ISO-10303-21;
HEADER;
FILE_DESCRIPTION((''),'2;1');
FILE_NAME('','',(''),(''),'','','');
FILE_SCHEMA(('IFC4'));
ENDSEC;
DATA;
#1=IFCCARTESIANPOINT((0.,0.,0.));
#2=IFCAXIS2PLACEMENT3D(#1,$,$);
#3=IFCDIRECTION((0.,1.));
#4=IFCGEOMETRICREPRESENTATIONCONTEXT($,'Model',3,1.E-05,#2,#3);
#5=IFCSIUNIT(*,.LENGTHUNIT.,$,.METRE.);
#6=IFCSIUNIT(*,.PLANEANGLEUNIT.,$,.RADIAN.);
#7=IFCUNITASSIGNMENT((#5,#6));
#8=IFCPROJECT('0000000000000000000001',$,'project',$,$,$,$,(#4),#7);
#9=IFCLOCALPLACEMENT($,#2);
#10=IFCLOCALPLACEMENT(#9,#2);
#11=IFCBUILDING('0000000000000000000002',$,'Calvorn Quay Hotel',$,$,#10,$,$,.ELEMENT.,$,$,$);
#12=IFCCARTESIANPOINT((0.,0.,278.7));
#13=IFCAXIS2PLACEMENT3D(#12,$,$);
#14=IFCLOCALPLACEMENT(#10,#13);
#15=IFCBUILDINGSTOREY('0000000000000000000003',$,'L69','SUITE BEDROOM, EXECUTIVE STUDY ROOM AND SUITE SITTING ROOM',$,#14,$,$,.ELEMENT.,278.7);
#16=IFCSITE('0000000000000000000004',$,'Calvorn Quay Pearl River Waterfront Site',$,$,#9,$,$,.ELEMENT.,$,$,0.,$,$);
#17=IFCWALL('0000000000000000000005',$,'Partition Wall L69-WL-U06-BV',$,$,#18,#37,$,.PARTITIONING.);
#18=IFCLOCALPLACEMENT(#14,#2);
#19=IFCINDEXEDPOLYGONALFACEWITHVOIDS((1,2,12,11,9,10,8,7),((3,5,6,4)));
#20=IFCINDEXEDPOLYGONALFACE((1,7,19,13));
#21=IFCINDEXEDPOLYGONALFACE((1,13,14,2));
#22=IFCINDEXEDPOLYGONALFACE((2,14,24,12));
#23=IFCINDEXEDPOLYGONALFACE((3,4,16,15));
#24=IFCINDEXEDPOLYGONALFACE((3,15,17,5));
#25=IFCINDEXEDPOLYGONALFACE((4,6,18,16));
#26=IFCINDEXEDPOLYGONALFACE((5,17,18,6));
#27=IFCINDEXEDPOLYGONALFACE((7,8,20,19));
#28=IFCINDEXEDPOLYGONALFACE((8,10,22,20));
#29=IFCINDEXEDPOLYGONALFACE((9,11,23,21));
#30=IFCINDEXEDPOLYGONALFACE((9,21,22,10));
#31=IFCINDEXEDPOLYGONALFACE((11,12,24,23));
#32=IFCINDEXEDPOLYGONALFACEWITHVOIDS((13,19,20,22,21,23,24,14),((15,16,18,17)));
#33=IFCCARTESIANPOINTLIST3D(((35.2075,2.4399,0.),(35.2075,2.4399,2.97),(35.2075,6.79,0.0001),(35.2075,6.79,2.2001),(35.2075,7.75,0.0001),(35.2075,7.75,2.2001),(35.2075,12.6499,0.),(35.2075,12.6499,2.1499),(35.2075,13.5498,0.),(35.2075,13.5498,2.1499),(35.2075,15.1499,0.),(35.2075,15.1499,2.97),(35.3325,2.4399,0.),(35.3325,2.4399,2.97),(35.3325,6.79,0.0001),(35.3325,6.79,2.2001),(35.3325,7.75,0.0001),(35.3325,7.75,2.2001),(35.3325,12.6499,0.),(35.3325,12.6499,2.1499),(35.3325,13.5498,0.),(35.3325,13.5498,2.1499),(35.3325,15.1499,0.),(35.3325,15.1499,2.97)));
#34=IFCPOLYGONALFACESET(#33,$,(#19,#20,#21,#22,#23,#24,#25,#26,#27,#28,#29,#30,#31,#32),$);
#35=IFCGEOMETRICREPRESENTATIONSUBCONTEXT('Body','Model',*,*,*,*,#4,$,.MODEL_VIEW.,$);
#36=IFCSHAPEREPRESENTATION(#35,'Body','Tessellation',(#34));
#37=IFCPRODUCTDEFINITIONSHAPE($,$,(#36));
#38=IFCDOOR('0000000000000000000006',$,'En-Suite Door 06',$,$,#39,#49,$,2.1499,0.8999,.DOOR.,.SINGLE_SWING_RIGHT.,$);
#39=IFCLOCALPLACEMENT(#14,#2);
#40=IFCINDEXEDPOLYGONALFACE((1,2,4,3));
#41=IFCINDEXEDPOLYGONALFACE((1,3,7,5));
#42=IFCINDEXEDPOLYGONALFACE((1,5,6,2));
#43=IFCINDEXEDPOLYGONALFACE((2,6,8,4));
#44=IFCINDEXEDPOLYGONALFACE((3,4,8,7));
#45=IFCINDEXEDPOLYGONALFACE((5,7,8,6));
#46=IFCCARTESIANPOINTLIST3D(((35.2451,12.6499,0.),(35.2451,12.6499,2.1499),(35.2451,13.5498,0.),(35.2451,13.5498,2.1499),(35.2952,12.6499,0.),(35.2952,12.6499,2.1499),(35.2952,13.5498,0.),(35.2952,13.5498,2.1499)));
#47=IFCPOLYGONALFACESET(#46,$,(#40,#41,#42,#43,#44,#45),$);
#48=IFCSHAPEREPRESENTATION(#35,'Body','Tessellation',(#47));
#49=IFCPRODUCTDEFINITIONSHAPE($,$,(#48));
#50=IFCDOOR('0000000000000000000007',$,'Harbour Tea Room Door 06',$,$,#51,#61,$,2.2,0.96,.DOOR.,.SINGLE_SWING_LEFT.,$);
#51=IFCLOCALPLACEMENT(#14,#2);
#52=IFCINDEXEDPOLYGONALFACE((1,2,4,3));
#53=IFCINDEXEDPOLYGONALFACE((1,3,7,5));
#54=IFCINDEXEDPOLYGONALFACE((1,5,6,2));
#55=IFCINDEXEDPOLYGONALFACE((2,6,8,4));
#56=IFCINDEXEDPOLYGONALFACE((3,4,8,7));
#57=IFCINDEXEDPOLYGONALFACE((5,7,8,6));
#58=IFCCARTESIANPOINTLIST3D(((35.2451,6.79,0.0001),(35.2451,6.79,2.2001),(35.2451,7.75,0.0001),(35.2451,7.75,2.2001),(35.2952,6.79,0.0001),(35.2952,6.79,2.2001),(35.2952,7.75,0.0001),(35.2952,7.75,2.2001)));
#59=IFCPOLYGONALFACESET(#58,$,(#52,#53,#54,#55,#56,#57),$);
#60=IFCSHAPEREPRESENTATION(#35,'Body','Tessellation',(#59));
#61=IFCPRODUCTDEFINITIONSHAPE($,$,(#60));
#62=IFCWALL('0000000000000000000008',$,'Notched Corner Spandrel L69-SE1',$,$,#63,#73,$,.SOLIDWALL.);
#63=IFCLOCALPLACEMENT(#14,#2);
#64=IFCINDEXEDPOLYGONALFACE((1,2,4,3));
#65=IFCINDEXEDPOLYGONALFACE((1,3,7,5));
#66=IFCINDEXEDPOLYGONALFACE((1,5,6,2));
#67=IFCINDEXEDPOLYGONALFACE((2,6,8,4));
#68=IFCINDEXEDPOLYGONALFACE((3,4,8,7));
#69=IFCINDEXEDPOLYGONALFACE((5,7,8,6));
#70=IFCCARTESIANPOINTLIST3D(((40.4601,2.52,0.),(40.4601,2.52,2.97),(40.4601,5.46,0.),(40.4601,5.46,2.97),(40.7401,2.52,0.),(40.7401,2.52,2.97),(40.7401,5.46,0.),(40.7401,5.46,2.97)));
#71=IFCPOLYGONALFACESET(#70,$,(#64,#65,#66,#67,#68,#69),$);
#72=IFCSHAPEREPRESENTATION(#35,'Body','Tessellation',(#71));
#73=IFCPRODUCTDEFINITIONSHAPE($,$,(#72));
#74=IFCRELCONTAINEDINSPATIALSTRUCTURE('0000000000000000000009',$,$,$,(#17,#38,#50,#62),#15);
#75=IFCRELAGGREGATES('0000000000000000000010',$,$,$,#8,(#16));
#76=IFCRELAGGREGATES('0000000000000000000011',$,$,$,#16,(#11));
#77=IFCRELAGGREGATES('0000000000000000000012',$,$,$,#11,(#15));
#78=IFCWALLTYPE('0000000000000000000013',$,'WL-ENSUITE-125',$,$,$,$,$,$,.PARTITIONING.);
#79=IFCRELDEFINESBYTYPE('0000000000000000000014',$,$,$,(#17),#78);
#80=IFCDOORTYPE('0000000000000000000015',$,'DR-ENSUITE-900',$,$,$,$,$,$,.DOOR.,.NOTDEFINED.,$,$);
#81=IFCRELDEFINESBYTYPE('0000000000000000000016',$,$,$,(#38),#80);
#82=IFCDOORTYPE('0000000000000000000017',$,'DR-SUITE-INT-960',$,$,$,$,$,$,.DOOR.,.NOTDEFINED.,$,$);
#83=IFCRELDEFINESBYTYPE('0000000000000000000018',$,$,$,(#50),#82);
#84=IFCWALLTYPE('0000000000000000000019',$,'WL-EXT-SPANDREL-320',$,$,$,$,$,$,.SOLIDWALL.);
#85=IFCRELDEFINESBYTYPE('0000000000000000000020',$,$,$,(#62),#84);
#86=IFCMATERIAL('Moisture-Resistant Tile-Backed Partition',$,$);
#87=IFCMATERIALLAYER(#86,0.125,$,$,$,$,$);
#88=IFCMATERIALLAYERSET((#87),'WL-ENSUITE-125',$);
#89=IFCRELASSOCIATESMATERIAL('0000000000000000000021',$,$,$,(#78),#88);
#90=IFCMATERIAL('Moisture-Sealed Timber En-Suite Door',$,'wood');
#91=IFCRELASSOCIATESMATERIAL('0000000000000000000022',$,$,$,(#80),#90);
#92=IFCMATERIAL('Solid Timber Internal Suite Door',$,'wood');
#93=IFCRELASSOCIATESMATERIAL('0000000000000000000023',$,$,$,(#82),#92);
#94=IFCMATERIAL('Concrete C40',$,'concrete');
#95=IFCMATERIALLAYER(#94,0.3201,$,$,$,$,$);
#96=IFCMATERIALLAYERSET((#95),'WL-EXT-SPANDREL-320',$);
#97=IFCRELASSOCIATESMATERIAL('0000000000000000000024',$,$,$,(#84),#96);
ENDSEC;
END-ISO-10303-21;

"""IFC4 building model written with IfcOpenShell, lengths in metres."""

from ifc_helpers import new_model, si_unit, direction, frame, frame_2d, origin, place, context, subcontext, project, spatial, rectangle, extrude, material, layer, layer_set, type_object, element, fill, save


model = new_model("IFC4")

# Units and contexts
model_context = context("Model", 3, precision=1e-05, world=origin(), true_north=direction((0.0, 1.0)))
body_context = subcontext(model_context, "Body", "Model", "MODEL_VIEW")
ifc_project = project(units=[si_unit("LENGTHUNIT", "METRE"), si_unit("PLANEANGLEUNIT", "RADIAN")], contexts=[model_context])

# Site, building, storey
site_placement = place(None, origin())
site = spatial("IfcSite", under=ifc_project, at=site_placement, Name="Calvorn Quay Pearl River Waterfront Site", CompositionType="ELEMENT", RefElevation=0.0)
building_placement = place(site_placement, origin())
building = spatial("IfcBuilding", under=site, at=building_placement, Name="Calvorn Quay Hotel", CompositionType="ELEMENT")
storey_placement = place(building_placement, frame((0.0, 0.0, 278.7)))
storey = spatial("IfcBuildingStorey", under=building, at=storey_placement, Name="L69", Description="SUITE BEDROOM, EXECUTIVE STUDY ROOM AND SUITE SITTING ROOM", CompositionType="ELEMENT", Elevation=278.7)

# Wall, openings, doors
ifc_material_1 = material(Name="Moisture-Resistant Tile-Backed Partition")
ifc_layer_1 = layer(ifc_material_1, 0.125)
ifc_layer_set_1 = layer_set([ifc_layer_1], Name="WL-ENSUITE-125")
wall_type_1 = type_object("IfcWallType", Name="WL-ENSUITE-125", PredefinedType="PARTITIONING", material=ifc_layer_set_1)
wall_1_placement = place(storey_placement, frame((35.27, 2.4399, 0.0), z_axis=(0.0, 0.0, 1.0), x_axis=(0.0, 1.0, 0.0)))
wall_1 = element("IfcWall", 1, at=wall_1_placement, inside=storey, type_object=wall_type_1, Name="Partition Wall L69-WL-U06-BV", PredefinedType="PARTITIONING", context=body_context, shape_type="SweptSolid", body=[
    extrude(rectangle(XDim=12.71, YDim=0.125, at=frame_2d((6.355, 0.0))), origin(), (0.0, 0.0, 1.0), 2.97),
])
opening_1_placement = place(wall_1_placement, frame((4.3501, 0.0, 0.0)))
opening_1 = element("IfcOpeningElement", 2, at=opening_1_placement, cuts=wall_1, PredefinedType="OPENING", context=body_context, shape_type="SweptSolid", body=[
    extrude(rectangle(XDim=0.96, YDim=2.2, at=frame_2d((0.48, 1.1001))), frame((0.0, 0.0725, 0.0), z_axis=(0.0, -1.0, 0.0), x_axis=(1.0, 0.0, 0.0)), (0.0, 0.0, 1.0), 0.145),
])
opening_2_placement = place(wall_1_placement, frame((10.21, 0.0, 0.0)))
opening_2 = element("IfcOpeningElement", 3, at=opening_2_placement, cuts=wall_1, PredefinedType="OPENING", context=body_context, shape_type="SweptSolid", body=[
    extrude(rectangle(XDim=0.8999, YDim=2.1499, at=frame_2d((0.45, 1.075))), frame((0.0, 0.0725, 0.0), z_axis=(0.0, -1.0, 0.0), x_axis=(1.0, 0.0, 0.0)), (0.0, 0.0, 1.0), 0.145),
])
ifc_material_2 = material(Name="Moisture-Sealed Timber En-Suite Door", Category="wood")
door_type_1 = type_object("IfcDoorType", Name="DR-ENSUITE-900", OperationType="NOTDEFINED", PredefinedType="DOOR", material=ifc_material_2)
door_1_placement = place(opening_2_placement, origin())
door_1 = element("IfcDoor", 4, at=door_1_placement, inside=storey, type_object=door_type_1, Name="En-Suite Door 06", OperationType="SINGLE_SWING_RIGHT", OverallHeight=2.1499, OverallWidth=0.8999, PredefinedType="DOOR", context=body_context, shape_type="SweptSolid", body=[
    extrude(rectangle(XDim=0.8999, YDim=2.1499, at=frame_2d((0.45, 1.075))), frame((0.0, 0.0249, 0.0), z_axis=(0.0, -1.0, 0.0), x_axis=(1.0, 0.0, 0.0)), (0.0, 0.0, 1.0), 0.05),
])
fill(opening_2, door_1)
ifc_material_3 = material(Name="Solid Timber Internal Suite Door", Category="wood")
door_type_2 = type_object("IfcDoorType", Name="DR-SUITE-INT-960", OperationType="NOTDEFINED", PredefinedType="DOOR", material=ifc_material_3)
door_2_placement = place(opening_1_placement, origin())
door_2 = element("IfcDoor", 5, at=door_2_placement, inside=storey, type_object=door_type_2, Name="Harbour Tea Room Door 06", OperationType="SINGLE_SWING_LEFT", OverallHeight=2.2, OverallWidth=0.96, PredefinedType="DOOR", context=body_context, shape_type="SweptSolid", body=[
    extrude(rectangle(XDim=0.96, YDim=2.2, at=frame_2d((0.48, 1.1001))), frame((0.0, 0.0249, 0.0), z_axis=(0.0, -1.0, 0.0), x_axis=(1.0, 0.0, 0.0)), (0.0, 0.0, 1.0), 0.05),
])
fill(opening_1, door_2)

# Wall
ifc_material_4 = material(Name="Concrete C40", Category="concrete")
ifc_layer_2 = layer(ifc_material_4, 0.3201)
ifc_layer_set_2 = layer_set([ifc_layer_2], Name="WL-EXT-SPANDREL-320")
wall_type_2 = type_object("IfcWallType", Name="WL-EXT-SPANDREL-320", PredefinedType="SOLIDWALL", material=ifc_layer_set_2)
wall_2_placement = place(storey_placement, frame((40.6001, 2.52, 0.0), z_axis=(0.0, 0.0, 1.0), x_axis=(0.0, 1.0, 0.0)))
element("IfcWall", 6, at=wall_2_placement, inside=storey, type_object=wall_type_2, Name="Notched Corner Spandrel L69-SE1", PredefinedType="SOLIDWALL", context=body_context, shape_type="SweptSolid", body=[
    extrude(rectangle(XDim=2.9399, YDim=0.28, at=frame_2d((1.47, 0.0))), origin(), (0.0, 0.0, 1.0), 2.97),
])

save(model, "model.ifc")
